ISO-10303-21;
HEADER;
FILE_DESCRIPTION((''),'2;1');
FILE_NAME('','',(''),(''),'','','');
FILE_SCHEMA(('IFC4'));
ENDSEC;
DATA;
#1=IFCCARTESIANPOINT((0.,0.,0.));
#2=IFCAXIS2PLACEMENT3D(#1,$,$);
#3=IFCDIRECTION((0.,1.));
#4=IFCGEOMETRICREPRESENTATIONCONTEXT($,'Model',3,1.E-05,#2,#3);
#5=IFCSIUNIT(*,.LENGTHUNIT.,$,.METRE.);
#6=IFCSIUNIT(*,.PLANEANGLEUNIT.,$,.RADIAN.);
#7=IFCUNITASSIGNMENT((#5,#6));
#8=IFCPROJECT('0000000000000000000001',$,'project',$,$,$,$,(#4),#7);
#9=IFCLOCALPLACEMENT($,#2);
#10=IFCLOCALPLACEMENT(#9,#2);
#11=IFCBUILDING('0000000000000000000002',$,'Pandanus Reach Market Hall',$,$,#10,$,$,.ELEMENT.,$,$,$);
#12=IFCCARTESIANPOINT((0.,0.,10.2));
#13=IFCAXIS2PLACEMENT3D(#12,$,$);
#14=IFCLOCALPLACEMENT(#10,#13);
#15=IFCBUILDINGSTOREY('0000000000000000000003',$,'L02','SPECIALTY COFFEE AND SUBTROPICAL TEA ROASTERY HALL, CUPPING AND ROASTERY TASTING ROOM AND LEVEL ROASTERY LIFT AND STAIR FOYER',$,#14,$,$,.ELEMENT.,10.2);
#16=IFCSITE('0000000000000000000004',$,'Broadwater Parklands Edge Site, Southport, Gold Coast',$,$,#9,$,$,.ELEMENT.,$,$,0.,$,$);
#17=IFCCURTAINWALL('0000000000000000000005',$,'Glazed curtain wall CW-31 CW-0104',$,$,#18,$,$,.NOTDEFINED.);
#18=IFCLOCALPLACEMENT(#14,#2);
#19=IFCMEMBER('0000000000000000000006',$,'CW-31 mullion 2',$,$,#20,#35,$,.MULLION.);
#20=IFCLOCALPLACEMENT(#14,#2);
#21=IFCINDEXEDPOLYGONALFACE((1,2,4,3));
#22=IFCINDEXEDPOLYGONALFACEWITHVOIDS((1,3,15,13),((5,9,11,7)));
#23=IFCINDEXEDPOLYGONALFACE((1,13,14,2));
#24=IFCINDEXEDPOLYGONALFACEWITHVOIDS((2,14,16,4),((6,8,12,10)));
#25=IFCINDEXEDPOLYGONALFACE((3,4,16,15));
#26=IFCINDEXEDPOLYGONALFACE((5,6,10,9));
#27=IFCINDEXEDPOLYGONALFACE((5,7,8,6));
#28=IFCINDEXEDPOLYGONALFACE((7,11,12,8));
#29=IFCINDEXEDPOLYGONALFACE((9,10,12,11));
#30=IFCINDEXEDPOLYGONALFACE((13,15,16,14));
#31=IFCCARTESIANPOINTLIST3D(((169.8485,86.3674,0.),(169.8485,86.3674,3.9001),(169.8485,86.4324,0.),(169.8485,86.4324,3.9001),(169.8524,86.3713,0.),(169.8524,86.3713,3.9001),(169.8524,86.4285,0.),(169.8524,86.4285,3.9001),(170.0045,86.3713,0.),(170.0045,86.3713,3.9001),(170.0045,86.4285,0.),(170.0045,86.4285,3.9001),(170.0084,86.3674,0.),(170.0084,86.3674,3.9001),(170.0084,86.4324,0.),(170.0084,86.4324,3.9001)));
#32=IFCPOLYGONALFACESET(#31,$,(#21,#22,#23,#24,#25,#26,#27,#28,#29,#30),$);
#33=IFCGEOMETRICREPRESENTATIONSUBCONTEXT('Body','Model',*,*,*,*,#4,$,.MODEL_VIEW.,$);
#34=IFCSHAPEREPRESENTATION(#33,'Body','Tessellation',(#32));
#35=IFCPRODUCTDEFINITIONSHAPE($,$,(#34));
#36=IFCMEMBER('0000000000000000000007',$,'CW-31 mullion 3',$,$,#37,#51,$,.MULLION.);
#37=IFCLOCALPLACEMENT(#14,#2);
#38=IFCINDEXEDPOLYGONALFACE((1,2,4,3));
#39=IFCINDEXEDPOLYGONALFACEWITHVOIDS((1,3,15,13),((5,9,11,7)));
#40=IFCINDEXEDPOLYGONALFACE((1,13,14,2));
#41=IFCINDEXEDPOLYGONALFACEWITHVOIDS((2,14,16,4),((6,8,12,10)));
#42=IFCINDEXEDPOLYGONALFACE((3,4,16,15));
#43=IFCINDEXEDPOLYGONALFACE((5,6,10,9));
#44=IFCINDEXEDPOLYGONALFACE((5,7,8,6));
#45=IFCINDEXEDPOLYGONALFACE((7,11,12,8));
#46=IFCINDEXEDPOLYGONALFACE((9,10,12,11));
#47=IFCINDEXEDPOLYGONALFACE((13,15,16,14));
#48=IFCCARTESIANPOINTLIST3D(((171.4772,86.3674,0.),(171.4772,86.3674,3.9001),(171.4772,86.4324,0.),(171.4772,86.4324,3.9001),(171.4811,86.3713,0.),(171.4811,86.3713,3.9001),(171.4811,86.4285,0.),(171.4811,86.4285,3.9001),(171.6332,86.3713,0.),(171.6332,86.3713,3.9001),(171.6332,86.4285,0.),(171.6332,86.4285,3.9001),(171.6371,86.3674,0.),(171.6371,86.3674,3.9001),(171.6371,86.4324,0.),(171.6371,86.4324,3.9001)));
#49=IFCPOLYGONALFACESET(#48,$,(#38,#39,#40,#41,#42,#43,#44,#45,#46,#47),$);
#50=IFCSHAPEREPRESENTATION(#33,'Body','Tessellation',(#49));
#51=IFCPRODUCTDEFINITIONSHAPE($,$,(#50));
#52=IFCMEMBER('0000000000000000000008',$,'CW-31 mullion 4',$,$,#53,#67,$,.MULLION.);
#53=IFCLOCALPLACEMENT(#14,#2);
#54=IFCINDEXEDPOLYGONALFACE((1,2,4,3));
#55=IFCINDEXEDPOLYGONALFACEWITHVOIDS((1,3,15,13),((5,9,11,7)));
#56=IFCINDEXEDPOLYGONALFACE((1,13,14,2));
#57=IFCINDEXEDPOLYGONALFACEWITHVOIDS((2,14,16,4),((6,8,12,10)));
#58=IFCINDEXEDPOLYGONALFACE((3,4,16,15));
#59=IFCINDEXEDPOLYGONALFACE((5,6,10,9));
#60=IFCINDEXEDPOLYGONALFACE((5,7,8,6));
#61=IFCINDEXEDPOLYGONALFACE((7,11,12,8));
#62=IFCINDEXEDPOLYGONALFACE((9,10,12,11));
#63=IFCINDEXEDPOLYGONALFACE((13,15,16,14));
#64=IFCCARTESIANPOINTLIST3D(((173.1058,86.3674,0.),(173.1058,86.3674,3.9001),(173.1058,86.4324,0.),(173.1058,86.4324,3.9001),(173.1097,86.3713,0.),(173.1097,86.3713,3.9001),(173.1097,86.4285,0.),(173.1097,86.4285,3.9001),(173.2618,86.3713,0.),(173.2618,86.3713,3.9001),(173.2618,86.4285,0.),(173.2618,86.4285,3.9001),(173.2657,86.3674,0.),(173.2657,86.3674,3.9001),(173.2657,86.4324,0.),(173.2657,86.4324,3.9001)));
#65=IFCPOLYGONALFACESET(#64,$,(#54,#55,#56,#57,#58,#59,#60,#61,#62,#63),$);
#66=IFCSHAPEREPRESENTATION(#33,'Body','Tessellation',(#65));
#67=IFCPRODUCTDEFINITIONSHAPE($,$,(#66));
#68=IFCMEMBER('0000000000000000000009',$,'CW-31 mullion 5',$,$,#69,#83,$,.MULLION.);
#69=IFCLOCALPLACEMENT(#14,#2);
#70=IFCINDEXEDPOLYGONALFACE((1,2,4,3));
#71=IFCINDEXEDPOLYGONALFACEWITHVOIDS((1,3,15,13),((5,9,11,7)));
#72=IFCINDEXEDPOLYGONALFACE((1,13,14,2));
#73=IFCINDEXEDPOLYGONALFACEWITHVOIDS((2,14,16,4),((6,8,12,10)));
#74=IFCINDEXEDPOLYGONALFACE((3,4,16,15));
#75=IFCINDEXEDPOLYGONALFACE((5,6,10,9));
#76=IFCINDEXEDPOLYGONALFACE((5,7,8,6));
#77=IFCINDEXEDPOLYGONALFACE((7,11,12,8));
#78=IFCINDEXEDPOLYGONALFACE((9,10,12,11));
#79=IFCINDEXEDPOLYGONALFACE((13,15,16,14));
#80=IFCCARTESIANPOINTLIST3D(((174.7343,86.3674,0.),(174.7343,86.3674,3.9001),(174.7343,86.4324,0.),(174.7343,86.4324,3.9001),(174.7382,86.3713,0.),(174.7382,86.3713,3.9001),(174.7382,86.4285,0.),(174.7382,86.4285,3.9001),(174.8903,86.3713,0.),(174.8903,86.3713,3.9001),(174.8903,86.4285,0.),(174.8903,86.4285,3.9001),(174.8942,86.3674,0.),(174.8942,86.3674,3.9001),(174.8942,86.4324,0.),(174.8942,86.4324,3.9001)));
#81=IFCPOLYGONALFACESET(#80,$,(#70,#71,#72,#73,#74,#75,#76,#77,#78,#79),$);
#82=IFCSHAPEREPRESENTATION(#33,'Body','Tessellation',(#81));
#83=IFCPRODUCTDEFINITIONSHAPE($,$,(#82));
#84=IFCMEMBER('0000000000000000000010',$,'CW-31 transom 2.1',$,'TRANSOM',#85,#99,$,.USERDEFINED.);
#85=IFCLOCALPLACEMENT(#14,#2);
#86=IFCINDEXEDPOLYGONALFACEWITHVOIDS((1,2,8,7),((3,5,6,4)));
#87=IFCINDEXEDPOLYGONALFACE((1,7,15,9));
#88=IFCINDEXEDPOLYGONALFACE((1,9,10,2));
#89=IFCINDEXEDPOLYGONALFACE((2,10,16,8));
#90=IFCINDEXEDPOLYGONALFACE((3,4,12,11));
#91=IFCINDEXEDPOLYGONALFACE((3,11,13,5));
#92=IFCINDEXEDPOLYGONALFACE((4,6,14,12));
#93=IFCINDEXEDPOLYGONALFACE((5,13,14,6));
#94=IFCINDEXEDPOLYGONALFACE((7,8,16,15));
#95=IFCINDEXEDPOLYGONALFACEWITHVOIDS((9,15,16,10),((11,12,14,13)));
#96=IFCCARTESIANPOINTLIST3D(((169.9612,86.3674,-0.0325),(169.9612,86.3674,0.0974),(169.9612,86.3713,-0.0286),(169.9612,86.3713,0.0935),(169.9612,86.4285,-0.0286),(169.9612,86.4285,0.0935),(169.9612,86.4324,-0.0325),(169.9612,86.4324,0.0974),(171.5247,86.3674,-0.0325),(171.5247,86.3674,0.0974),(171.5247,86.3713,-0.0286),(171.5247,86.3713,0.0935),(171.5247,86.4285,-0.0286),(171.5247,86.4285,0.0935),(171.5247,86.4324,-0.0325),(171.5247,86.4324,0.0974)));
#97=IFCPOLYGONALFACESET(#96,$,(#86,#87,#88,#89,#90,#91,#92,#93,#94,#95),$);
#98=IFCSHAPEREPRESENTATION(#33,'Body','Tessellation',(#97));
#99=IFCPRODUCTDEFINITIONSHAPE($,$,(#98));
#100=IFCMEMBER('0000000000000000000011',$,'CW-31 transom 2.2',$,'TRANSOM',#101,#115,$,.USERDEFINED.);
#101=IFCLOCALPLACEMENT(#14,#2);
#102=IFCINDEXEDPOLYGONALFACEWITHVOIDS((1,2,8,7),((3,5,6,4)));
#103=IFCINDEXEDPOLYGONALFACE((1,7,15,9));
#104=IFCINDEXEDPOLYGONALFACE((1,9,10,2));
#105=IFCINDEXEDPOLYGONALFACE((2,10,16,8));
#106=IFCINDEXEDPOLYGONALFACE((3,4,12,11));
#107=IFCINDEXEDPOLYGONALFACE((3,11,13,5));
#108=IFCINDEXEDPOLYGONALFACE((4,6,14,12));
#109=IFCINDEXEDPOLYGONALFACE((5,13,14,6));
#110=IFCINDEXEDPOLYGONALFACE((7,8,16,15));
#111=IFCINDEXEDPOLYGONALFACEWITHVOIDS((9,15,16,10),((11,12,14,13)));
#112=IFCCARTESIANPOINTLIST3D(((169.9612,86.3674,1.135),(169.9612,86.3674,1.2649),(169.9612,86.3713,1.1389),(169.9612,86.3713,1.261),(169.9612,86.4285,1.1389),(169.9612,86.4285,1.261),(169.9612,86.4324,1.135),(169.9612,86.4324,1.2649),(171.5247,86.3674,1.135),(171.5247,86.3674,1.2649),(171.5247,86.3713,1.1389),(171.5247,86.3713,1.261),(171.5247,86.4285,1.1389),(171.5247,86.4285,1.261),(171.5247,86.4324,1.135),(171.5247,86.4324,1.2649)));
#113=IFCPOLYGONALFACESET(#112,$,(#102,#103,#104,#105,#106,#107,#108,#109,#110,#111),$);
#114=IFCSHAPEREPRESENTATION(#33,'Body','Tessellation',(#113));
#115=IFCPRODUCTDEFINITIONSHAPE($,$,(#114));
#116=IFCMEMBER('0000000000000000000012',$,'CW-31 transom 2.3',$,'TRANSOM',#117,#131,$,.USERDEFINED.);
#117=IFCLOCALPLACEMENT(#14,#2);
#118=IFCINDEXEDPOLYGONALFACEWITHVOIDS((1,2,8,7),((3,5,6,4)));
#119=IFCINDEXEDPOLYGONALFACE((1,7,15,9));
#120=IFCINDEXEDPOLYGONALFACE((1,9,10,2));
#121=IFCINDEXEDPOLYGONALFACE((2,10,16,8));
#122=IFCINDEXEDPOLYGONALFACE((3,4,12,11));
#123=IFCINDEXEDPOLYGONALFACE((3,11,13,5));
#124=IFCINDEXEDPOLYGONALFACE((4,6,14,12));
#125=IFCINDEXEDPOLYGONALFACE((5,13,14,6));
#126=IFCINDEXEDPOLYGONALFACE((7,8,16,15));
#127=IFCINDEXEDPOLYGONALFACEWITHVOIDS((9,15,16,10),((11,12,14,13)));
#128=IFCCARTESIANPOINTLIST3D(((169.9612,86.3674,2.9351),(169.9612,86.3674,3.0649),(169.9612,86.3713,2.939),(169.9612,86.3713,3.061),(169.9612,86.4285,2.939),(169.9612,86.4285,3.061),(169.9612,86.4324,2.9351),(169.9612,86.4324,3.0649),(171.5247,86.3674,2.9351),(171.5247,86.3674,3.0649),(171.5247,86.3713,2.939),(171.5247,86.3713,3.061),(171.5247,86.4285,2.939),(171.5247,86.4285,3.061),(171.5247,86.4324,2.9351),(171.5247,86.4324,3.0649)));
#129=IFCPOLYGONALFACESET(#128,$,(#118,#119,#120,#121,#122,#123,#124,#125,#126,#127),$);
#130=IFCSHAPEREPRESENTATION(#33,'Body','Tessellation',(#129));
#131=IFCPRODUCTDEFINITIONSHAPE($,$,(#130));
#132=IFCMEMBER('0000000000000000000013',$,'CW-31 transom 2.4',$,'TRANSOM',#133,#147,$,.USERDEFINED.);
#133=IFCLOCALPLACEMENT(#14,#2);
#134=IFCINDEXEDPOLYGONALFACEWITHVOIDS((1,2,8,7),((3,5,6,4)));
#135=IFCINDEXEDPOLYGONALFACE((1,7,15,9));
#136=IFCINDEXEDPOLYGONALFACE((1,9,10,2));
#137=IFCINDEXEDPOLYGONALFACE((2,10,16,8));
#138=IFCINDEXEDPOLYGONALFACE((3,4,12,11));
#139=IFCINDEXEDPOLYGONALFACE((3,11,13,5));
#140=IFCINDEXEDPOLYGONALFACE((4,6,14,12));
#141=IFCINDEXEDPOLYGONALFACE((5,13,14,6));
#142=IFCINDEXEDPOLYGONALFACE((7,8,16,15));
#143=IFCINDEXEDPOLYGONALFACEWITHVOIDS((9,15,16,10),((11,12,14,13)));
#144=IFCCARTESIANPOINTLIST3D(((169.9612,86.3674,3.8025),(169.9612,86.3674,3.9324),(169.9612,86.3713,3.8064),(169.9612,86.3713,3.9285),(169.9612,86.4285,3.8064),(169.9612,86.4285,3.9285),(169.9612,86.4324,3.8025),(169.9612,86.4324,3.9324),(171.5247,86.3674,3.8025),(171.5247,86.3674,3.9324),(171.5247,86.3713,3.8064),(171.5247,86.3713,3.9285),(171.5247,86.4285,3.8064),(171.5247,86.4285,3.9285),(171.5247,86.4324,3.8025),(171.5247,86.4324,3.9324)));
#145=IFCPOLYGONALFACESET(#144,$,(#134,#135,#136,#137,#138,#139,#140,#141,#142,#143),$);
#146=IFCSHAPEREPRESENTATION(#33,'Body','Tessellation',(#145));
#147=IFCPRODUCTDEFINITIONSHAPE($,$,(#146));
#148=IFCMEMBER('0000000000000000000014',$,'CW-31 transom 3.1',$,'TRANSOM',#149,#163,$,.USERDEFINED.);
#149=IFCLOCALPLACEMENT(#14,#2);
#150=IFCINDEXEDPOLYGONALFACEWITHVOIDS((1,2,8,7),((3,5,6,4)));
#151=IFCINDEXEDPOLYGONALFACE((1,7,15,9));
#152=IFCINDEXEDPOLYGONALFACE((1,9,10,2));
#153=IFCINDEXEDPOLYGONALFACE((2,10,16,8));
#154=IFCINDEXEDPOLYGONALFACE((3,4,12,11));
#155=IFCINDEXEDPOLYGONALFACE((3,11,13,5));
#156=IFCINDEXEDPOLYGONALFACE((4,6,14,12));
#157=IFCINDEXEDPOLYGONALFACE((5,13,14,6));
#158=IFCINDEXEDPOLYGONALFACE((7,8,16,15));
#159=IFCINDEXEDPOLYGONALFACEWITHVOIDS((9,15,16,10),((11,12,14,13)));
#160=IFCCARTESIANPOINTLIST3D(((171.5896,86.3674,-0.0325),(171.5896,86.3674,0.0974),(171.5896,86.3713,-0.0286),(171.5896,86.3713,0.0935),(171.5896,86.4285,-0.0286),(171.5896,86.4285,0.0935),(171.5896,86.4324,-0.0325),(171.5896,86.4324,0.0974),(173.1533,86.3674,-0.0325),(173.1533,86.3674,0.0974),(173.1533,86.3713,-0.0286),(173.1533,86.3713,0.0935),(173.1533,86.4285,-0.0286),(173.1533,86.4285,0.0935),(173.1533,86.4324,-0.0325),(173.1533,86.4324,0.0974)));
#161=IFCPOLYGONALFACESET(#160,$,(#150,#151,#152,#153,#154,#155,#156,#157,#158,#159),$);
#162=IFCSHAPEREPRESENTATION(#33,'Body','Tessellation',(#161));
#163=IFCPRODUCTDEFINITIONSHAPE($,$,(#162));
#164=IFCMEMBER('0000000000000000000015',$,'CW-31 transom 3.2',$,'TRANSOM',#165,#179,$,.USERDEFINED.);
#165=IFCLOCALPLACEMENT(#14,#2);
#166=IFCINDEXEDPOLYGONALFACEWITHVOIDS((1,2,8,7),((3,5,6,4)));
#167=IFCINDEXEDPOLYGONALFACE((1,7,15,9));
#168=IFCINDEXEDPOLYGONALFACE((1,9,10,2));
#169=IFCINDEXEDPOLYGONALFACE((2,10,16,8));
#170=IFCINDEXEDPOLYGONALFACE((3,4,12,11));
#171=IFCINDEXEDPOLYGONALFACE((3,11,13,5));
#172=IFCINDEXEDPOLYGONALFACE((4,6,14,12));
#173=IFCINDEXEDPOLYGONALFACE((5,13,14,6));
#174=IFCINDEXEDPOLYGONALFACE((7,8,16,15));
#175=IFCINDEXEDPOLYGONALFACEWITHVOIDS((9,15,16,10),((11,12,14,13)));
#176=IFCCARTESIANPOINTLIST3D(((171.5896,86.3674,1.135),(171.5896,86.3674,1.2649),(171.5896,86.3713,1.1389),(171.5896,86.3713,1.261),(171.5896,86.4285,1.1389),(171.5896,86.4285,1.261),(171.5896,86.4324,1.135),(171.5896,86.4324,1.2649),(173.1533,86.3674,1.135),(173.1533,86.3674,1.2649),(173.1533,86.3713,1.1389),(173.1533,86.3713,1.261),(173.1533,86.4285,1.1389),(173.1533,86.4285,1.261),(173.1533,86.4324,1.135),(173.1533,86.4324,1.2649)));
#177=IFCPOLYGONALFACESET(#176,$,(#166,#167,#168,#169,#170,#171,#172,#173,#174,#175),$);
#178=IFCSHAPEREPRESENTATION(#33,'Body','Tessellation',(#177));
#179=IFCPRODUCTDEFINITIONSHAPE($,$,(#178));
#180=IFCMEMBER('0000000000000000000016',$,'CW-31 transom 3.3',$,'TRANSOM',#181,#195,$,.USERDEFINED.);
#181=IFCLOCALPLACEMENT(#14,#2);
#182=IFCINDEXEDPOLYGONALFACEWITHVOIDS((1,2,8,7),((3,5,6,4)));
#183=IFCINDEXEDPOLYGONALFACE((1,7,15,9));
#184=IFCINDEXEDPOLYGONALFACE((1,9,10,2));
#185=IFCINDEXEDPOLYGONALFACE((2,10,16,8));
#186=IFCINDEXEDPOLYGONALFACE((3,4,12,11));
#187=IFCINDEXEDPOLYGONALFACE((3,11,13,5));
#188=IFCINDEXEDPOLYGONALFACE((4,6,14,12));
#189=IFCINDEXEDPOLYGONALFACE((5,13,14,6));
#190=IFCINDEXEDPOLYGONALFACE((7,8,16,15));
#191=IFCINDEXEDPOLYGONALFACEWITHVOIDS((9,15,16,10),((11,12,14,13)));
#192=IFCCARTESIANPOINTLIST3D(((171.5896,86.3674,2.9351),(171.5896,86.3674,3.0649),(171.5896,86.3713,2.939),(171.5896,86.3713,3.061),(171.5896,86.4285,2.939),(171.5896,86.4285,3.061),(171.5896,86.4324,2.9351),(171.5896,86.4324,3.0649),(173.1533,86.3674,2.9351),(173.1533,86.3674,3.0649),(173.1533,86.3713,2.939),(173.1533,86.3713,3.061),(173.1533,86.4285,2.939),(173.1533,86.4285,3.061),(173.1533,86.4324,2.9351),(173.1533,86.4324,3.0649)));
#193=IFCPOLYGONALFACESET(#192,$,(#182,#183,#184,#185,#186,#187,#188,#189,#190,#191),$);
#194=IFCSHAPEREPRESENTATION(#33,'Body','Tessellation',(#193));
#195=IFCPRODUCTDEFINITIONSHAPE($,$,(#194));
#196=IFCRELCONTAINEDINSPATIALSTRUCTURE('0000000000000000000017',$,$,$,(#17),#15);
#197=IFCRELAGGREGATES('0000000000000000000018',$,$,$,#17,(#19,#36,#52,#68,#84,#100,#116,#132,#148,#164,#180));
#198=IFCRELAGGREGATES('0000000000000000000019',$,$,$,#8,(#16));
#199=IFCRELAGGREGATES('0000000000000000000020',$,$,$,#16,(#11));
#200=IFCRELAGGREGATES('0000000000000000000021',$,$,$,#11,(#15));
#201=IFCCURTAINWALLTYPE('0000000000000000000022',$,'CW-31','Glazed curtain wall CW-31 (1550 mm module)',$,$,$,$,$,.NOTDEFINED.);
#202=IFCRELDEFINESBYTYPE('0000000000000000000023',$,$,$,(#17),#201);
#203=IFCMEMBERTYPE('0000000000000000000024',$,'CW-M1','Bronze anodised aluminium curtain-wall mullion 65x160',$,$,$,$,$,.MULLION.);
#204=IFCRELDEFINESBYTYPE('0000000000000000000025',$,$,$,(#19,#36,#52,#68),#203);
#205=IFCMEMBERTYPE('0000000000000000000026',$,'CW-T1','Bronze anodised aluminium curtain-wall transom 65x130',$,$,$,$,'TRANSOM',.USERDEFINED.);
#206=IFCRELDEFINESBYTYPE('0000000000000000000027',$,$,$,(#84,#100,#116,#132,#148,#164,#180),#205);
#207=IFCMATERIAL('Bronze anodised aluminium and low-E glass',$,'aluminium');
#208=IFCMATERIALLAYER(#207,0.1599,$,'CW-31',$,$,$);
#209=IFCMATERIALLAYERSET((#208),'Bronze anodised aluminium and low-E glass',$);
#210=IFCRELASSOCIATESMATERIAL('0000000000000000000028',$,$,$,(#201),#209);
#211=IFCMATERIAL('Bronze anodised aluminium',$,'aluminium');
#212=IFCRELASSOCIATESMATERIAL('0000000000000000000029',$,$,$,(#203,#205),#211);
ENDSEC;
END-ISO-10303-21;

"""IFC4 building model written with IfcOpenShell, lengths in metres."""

from ifc_helpers import new_model, si_unit, direction, frame, origin, origin_2d, place, context, subcontext, project, spatial, hollow_rectangle, extrude, material, layer, layer_set, material_profile, profile_set, type_object, element, aggregate, save


model = new_model("IFC4")

# Units and contexts
model_context = context("Model", 3, precision=1e-05, world=origin(), true_north=direction((0.0, 1.0)))
body_context = subcontext(model_context, "Body", "Model", "MODEL_VIEW")
ifc_project = project(units=[si_unit("LENGTHUNIT", "METRE"), si_unit("PLANEANGLEUNIT", "RADIAN")], contexts=[model_context])

# Site, building, storey
site_placement = place(None, origin())
site = spatial("IfcSite", under=ifc_project, at=site_placement, Name="Broadwater Parklands Edge Site, Southport, Gold Coast", CompositionType="ELEMENT", RefElevation=0.0)
building_placement = place(site_placement, origin())
building = spatial("IfcBuilding", under=site, at=building_placement, Name="Pandanus Reach Market Hall", CompositionType="ELEMENT")
storey_placement = place(building_placement, frame((0.0, 0.0, 10.2)))
storey = spatial("IfcBuildingStorey", under=building, at=storey_placement, Name="L02", Description="SPECIALTY COFFEE AND SUBTROPICAL TEA ROASTERY HALL, CUPPING AND ROASTERY TASTING ROOM AND LEVEL ROASTERY LIFT AND STAIR FOYER", CompositionType="ELEMENT", Elevation=10.2)

# Curtain wall, members
ifc_material_1 = material(Name="Bronze anodised aluminium and low-E glass", Category="aluminium")
ifc_layer_1 = layer(ifc_material_1, 0.1599, Name="CW-31")
ifc_layer_set_1 = layer_set([ifc_layer_1], Name="Bronze anodised aluminium and low-E glass")
curtain_wall_type = type_object("IfcCurtainWallType", Name="CW-31", Description="Glazed curtain wall CW-31 (1550 mm module)", PredefinedType="NOTDEFINED", material=ifc_layer_set_1)
curtain_wall_placement = place(storey_placement, origin())
curtain_wall = element("IfcCurtainWall", 1, at=curtain_wall_placement, inside=storey, type_object=curtain_wall_type, Name="Glazed curtain wall CW-31 CW-0104", PredefinedType="NOTDEFINED")
ifc_material_2 = material(Name="Bronze anodised aluminium", Category="aluminium")
ifc_material_profile_1 = material_profile(ifc_material_2, hollow_rectangle(XDim=0.0649, YDim=0.1599, WallThickness=0.0039, at=origin_2d()), Name="ALU65x160", Category="LoadBearing")
ifc_profile_set_1 = profile_set([ifc_material_profile_1], Name="Bronze anodised aluminium")
member_type_1 = type_object("IfcMemberType", Name="CW-M1", Description="Bronze anodised aluminium curtain-wall mullion 65x160", PredefinedType="MULLION", material=ifc_profile_set_1)
member_1_placement = place(storey_placement, frame((169.9285, 86.3999, 0.0), z_axis=(0.0, 0.0, 1.0), x_axis=(0.0, 1.0, 0.0)))
member_1 = element("IfcMember", 2, at=member_1_placement, type_object=member_type_1, Name="CW-31 mullion 2", PredefinedType="MULLION", context=body_context, shape_type="SweptSolid", body=[
    extrude(hollow_rectangle(XDim=0.0649, YDim=0.1599, WallThickness=0.0039, at=origin_2d()), origin(), (0.0, 0.0, 1.0), 3.9001),
])
member_2_placement = place(storey_placement, frame((171.5571, 86.3999, 0.0), z_axis=(0.0, 0.0, 1.0), x_axis=(0.0, 1.0, 0.0)))
member_2 = element("IfcMember", 3, at=member_2_placement, type_object=member_type_1, Name="CW-31 mullion 3", PredefinedType="MULLION", context=body_context, shape_type="SweptSolid", body=[
    extrude(hollow_rectangle(XDim=0.0649, YDim=0.1599, WallThickness=0.0039, at=origin_2d()), origin(), (0.0, 0.0, 1.0), 3.9001),
])
member_3_placement = place(storey_placement, frame((173.1858, 86.3999, 0.0), z_axis=(0.0, 0.0, 1.0), x_axis=(0.0, 1.0, 0.0)))
member_3 = element("IfcMember", 4, at=member_3_placement, type_object=member_type_1, Name="CW-31 mullion 4", PredefinedType="MULLION", context=body_context, shape_type="SweptSolid", body=[
    extrude(hollow_rectangle(XDim=0.0649, YDim=0.1599, WallThickness=0.0039, at=origin_2d()), origin(), (0.0, 0.0, 1.0), 3.9001),
])
member_4_placement = place(storey_placement, frame((174.8142, 86.3999, 0.0), z_axis=(0.0, 0.0, 1.0), x_axis=(0.0, 1.0, 0.0)))
member_4 = element("IfcMember", 5, at=member_4_placement, type_object=member_type_1, Name="CW-31 mullion 5", PredefinedType="MULLION", context=body_context, shape_type="SweptSolid", body=[
    extrude(hollow_rectangle(XDim=0.0649, YDim=0.1599, WallThickness=0.0039, at=origin_2d()), origin(), (0.0, 0.0, 1.0), 3.9001),
])
ifc_material_profile_2 = material_profile(ifc_material_2, hollow_rectangle(XDim=0.0649, YDim=0.1299, WallThickness=0.0039, at=origin_2d()), Name="ALU65x130", Category="LoadBearing")
ifc_profile_set_2 = profile_set([ifc_material_profile_2], Name="Bronze anodised aluminium")
member_type_2 = type_object("IfcMemberType", Name="CW-T1", Description="Bronze anodised aluminium curtain-wall transom 65x130", ElementType="TRANSOM", PredefinedType="USERDEFINED", material=ifc_profile_set_2)
member_5_placement = place(storey_placement, frame((169.9612, 86.3999, 0.0325), z_axis=(1.0, 0.0, 0.0), x_axis=(0.0, 1.0, 0.0)))
member_5 = element("IfcMember", 6, at=member_5_placement, type_object=member_type_2, Name="CW-31 transom 2.1", ObjectType="TRANSOM", PredefinedType="USERDEFINED", context=body_context, shape_type="SweptSolid", body=[
    extrude(hollow_rectangle(XDim=0.0649, YDim=0.1299, WallThickness=0.0039, at=origin_2d()), origin(), (0.0, 0.0, 1.0), 1.5635),
])
member_6_placement = place(storey_placement, frame((169.9612, 86.3999, 1.2), z_axis=(1.0, 0.0, 0.0), x_axis=(0.0, 1.0, 0.0)))
member_6 = element("IfcMember", 7, at=member_6_placement, type_object=member_type_2, Name="CW-31 transom 2.2", ObjectType="TRANSOM", PredefinedType="USERDEFINED", context=body_context, shape_type="SweptSolid", body=[
    extrude(hollow_rectangle(XDim=0.0649, YDim=0.1299, WallThickness=0.0039, at=origin_2d()), origin(), (0.0, 0.0, 1.0), 1.5635),
])
member_7_placement = place(storey_placement, frame((169.9612, 86.3999, 3.0), z_axis=(1.0, 0.0, 0.0), x_axis=(0.0, 1.0, 0.0)))
member_7 = element("IfcMember", 8, at=member_7_placement, type_object=member_type_2, Name="CW-31 transom 2.3", ObjectType="TRANSOM", PredefinedType="USERDEFINED", context=body_context, shape_type="SweptSolid", body=[
    extrude(hollow_rectangle(XDim=0.0649, YDim=0.1299, WallThickness=0.0039, at=origin_2d()), origin(), (0.0, 0.0, 1.0), 1.5635),
])
member_8_placement = place(storey_placement, frame((169.9612, 86.3999, 3.8674), z_axis=(1.0, 0.0, 0.0), x_axis=(0.0, 1.0, 0.0)))
member_8 = element("IfcMember", 9, at=member_8_placement, type_object=member_type_2, Name="CW-31 transom 2.4", ObjectType="TRANSOM", PredefinedType="USERDEFINED", context=body_context, shape_type="SweptSolid", body=[
    extrude(hollow_rectangle(XDim=0.0649, YDim=0.1299, WallThickness=0.0039, at=origin_2d()), origin(), (0.0, 0.0, 1.0), 1.5635),
])
member_9_placement = place(storey_placement, frame((171.5896, 86.3999, 0.0325), z_axis=(1.0, 0.0, 0.0), x_axis=(0.0, 1.0, 0.0)))
member_9 = element("IfcMember", 10, at=member_9_placement, type_object=member_type_2, Name="CW-31 transom 3.1", ObjectType="TRANSOM", PredefinedType="USERDEFINED", context=body_context, shape_type="SweptSolid", body=[
    extrude(hollow_rectangle(XDim=0.0649, YDim=0.1299, WallThickness=0.0039, at=origin_2d()), origin(), (0.0, 0.0, 1.0), 1.5637),
])
member_10_placement = place(storey_placement, frame((171.5896, 86.3999, 1.2), z_axis=(1.0, 0.0, 0.0), x_axis=(0.0, 1.0, 0.0)))
member_10 = element("IfcMember", 11, at=member_10_placement, type_object=member_type_2, Name="CW-31 transom 3.2", ObjectType="TRANSOM", PredefinedType="USERDEFINED", context=body_context, shape_type="SweptSolid", body=[
    extrude(hollow_rectangle(XDim=0.0649, YDim=0.1299, WallThickness=0.0039, at=origin_2d()), origin(), (0.0, 0.0, 1.0), 1.5637),
])
member_11_placement = place(storey_placement, frame((171.5896, 86.3999, 3.0), z_axis=(1.0, 0.0, 0.0), x_axis=(0.0, 1.0, 0.0)))
member_11 = element("IfcMember", 12, at=member_11_placement, type_object=member_type_2, Name="CW-31 transom 3.3", ObjectType="TRANSOM", PredefinedType="USERDEFINED", context=body_context, shape_type="SweptSolid", body=[
    extrude(hollow_rectangle(XDim=0.0649, YDim=0.1299, WallThickness=0.0039, at=origin_2d()), origin(), (0.0, 0.0, 1.0), 1.5637),
])
aggregate(curtain_wall, [member_1, member_2, member_3, member_4, member_5, member_6, member_7, member_8, member_9, member_10, member_11])

save(model, "model.ifc")
